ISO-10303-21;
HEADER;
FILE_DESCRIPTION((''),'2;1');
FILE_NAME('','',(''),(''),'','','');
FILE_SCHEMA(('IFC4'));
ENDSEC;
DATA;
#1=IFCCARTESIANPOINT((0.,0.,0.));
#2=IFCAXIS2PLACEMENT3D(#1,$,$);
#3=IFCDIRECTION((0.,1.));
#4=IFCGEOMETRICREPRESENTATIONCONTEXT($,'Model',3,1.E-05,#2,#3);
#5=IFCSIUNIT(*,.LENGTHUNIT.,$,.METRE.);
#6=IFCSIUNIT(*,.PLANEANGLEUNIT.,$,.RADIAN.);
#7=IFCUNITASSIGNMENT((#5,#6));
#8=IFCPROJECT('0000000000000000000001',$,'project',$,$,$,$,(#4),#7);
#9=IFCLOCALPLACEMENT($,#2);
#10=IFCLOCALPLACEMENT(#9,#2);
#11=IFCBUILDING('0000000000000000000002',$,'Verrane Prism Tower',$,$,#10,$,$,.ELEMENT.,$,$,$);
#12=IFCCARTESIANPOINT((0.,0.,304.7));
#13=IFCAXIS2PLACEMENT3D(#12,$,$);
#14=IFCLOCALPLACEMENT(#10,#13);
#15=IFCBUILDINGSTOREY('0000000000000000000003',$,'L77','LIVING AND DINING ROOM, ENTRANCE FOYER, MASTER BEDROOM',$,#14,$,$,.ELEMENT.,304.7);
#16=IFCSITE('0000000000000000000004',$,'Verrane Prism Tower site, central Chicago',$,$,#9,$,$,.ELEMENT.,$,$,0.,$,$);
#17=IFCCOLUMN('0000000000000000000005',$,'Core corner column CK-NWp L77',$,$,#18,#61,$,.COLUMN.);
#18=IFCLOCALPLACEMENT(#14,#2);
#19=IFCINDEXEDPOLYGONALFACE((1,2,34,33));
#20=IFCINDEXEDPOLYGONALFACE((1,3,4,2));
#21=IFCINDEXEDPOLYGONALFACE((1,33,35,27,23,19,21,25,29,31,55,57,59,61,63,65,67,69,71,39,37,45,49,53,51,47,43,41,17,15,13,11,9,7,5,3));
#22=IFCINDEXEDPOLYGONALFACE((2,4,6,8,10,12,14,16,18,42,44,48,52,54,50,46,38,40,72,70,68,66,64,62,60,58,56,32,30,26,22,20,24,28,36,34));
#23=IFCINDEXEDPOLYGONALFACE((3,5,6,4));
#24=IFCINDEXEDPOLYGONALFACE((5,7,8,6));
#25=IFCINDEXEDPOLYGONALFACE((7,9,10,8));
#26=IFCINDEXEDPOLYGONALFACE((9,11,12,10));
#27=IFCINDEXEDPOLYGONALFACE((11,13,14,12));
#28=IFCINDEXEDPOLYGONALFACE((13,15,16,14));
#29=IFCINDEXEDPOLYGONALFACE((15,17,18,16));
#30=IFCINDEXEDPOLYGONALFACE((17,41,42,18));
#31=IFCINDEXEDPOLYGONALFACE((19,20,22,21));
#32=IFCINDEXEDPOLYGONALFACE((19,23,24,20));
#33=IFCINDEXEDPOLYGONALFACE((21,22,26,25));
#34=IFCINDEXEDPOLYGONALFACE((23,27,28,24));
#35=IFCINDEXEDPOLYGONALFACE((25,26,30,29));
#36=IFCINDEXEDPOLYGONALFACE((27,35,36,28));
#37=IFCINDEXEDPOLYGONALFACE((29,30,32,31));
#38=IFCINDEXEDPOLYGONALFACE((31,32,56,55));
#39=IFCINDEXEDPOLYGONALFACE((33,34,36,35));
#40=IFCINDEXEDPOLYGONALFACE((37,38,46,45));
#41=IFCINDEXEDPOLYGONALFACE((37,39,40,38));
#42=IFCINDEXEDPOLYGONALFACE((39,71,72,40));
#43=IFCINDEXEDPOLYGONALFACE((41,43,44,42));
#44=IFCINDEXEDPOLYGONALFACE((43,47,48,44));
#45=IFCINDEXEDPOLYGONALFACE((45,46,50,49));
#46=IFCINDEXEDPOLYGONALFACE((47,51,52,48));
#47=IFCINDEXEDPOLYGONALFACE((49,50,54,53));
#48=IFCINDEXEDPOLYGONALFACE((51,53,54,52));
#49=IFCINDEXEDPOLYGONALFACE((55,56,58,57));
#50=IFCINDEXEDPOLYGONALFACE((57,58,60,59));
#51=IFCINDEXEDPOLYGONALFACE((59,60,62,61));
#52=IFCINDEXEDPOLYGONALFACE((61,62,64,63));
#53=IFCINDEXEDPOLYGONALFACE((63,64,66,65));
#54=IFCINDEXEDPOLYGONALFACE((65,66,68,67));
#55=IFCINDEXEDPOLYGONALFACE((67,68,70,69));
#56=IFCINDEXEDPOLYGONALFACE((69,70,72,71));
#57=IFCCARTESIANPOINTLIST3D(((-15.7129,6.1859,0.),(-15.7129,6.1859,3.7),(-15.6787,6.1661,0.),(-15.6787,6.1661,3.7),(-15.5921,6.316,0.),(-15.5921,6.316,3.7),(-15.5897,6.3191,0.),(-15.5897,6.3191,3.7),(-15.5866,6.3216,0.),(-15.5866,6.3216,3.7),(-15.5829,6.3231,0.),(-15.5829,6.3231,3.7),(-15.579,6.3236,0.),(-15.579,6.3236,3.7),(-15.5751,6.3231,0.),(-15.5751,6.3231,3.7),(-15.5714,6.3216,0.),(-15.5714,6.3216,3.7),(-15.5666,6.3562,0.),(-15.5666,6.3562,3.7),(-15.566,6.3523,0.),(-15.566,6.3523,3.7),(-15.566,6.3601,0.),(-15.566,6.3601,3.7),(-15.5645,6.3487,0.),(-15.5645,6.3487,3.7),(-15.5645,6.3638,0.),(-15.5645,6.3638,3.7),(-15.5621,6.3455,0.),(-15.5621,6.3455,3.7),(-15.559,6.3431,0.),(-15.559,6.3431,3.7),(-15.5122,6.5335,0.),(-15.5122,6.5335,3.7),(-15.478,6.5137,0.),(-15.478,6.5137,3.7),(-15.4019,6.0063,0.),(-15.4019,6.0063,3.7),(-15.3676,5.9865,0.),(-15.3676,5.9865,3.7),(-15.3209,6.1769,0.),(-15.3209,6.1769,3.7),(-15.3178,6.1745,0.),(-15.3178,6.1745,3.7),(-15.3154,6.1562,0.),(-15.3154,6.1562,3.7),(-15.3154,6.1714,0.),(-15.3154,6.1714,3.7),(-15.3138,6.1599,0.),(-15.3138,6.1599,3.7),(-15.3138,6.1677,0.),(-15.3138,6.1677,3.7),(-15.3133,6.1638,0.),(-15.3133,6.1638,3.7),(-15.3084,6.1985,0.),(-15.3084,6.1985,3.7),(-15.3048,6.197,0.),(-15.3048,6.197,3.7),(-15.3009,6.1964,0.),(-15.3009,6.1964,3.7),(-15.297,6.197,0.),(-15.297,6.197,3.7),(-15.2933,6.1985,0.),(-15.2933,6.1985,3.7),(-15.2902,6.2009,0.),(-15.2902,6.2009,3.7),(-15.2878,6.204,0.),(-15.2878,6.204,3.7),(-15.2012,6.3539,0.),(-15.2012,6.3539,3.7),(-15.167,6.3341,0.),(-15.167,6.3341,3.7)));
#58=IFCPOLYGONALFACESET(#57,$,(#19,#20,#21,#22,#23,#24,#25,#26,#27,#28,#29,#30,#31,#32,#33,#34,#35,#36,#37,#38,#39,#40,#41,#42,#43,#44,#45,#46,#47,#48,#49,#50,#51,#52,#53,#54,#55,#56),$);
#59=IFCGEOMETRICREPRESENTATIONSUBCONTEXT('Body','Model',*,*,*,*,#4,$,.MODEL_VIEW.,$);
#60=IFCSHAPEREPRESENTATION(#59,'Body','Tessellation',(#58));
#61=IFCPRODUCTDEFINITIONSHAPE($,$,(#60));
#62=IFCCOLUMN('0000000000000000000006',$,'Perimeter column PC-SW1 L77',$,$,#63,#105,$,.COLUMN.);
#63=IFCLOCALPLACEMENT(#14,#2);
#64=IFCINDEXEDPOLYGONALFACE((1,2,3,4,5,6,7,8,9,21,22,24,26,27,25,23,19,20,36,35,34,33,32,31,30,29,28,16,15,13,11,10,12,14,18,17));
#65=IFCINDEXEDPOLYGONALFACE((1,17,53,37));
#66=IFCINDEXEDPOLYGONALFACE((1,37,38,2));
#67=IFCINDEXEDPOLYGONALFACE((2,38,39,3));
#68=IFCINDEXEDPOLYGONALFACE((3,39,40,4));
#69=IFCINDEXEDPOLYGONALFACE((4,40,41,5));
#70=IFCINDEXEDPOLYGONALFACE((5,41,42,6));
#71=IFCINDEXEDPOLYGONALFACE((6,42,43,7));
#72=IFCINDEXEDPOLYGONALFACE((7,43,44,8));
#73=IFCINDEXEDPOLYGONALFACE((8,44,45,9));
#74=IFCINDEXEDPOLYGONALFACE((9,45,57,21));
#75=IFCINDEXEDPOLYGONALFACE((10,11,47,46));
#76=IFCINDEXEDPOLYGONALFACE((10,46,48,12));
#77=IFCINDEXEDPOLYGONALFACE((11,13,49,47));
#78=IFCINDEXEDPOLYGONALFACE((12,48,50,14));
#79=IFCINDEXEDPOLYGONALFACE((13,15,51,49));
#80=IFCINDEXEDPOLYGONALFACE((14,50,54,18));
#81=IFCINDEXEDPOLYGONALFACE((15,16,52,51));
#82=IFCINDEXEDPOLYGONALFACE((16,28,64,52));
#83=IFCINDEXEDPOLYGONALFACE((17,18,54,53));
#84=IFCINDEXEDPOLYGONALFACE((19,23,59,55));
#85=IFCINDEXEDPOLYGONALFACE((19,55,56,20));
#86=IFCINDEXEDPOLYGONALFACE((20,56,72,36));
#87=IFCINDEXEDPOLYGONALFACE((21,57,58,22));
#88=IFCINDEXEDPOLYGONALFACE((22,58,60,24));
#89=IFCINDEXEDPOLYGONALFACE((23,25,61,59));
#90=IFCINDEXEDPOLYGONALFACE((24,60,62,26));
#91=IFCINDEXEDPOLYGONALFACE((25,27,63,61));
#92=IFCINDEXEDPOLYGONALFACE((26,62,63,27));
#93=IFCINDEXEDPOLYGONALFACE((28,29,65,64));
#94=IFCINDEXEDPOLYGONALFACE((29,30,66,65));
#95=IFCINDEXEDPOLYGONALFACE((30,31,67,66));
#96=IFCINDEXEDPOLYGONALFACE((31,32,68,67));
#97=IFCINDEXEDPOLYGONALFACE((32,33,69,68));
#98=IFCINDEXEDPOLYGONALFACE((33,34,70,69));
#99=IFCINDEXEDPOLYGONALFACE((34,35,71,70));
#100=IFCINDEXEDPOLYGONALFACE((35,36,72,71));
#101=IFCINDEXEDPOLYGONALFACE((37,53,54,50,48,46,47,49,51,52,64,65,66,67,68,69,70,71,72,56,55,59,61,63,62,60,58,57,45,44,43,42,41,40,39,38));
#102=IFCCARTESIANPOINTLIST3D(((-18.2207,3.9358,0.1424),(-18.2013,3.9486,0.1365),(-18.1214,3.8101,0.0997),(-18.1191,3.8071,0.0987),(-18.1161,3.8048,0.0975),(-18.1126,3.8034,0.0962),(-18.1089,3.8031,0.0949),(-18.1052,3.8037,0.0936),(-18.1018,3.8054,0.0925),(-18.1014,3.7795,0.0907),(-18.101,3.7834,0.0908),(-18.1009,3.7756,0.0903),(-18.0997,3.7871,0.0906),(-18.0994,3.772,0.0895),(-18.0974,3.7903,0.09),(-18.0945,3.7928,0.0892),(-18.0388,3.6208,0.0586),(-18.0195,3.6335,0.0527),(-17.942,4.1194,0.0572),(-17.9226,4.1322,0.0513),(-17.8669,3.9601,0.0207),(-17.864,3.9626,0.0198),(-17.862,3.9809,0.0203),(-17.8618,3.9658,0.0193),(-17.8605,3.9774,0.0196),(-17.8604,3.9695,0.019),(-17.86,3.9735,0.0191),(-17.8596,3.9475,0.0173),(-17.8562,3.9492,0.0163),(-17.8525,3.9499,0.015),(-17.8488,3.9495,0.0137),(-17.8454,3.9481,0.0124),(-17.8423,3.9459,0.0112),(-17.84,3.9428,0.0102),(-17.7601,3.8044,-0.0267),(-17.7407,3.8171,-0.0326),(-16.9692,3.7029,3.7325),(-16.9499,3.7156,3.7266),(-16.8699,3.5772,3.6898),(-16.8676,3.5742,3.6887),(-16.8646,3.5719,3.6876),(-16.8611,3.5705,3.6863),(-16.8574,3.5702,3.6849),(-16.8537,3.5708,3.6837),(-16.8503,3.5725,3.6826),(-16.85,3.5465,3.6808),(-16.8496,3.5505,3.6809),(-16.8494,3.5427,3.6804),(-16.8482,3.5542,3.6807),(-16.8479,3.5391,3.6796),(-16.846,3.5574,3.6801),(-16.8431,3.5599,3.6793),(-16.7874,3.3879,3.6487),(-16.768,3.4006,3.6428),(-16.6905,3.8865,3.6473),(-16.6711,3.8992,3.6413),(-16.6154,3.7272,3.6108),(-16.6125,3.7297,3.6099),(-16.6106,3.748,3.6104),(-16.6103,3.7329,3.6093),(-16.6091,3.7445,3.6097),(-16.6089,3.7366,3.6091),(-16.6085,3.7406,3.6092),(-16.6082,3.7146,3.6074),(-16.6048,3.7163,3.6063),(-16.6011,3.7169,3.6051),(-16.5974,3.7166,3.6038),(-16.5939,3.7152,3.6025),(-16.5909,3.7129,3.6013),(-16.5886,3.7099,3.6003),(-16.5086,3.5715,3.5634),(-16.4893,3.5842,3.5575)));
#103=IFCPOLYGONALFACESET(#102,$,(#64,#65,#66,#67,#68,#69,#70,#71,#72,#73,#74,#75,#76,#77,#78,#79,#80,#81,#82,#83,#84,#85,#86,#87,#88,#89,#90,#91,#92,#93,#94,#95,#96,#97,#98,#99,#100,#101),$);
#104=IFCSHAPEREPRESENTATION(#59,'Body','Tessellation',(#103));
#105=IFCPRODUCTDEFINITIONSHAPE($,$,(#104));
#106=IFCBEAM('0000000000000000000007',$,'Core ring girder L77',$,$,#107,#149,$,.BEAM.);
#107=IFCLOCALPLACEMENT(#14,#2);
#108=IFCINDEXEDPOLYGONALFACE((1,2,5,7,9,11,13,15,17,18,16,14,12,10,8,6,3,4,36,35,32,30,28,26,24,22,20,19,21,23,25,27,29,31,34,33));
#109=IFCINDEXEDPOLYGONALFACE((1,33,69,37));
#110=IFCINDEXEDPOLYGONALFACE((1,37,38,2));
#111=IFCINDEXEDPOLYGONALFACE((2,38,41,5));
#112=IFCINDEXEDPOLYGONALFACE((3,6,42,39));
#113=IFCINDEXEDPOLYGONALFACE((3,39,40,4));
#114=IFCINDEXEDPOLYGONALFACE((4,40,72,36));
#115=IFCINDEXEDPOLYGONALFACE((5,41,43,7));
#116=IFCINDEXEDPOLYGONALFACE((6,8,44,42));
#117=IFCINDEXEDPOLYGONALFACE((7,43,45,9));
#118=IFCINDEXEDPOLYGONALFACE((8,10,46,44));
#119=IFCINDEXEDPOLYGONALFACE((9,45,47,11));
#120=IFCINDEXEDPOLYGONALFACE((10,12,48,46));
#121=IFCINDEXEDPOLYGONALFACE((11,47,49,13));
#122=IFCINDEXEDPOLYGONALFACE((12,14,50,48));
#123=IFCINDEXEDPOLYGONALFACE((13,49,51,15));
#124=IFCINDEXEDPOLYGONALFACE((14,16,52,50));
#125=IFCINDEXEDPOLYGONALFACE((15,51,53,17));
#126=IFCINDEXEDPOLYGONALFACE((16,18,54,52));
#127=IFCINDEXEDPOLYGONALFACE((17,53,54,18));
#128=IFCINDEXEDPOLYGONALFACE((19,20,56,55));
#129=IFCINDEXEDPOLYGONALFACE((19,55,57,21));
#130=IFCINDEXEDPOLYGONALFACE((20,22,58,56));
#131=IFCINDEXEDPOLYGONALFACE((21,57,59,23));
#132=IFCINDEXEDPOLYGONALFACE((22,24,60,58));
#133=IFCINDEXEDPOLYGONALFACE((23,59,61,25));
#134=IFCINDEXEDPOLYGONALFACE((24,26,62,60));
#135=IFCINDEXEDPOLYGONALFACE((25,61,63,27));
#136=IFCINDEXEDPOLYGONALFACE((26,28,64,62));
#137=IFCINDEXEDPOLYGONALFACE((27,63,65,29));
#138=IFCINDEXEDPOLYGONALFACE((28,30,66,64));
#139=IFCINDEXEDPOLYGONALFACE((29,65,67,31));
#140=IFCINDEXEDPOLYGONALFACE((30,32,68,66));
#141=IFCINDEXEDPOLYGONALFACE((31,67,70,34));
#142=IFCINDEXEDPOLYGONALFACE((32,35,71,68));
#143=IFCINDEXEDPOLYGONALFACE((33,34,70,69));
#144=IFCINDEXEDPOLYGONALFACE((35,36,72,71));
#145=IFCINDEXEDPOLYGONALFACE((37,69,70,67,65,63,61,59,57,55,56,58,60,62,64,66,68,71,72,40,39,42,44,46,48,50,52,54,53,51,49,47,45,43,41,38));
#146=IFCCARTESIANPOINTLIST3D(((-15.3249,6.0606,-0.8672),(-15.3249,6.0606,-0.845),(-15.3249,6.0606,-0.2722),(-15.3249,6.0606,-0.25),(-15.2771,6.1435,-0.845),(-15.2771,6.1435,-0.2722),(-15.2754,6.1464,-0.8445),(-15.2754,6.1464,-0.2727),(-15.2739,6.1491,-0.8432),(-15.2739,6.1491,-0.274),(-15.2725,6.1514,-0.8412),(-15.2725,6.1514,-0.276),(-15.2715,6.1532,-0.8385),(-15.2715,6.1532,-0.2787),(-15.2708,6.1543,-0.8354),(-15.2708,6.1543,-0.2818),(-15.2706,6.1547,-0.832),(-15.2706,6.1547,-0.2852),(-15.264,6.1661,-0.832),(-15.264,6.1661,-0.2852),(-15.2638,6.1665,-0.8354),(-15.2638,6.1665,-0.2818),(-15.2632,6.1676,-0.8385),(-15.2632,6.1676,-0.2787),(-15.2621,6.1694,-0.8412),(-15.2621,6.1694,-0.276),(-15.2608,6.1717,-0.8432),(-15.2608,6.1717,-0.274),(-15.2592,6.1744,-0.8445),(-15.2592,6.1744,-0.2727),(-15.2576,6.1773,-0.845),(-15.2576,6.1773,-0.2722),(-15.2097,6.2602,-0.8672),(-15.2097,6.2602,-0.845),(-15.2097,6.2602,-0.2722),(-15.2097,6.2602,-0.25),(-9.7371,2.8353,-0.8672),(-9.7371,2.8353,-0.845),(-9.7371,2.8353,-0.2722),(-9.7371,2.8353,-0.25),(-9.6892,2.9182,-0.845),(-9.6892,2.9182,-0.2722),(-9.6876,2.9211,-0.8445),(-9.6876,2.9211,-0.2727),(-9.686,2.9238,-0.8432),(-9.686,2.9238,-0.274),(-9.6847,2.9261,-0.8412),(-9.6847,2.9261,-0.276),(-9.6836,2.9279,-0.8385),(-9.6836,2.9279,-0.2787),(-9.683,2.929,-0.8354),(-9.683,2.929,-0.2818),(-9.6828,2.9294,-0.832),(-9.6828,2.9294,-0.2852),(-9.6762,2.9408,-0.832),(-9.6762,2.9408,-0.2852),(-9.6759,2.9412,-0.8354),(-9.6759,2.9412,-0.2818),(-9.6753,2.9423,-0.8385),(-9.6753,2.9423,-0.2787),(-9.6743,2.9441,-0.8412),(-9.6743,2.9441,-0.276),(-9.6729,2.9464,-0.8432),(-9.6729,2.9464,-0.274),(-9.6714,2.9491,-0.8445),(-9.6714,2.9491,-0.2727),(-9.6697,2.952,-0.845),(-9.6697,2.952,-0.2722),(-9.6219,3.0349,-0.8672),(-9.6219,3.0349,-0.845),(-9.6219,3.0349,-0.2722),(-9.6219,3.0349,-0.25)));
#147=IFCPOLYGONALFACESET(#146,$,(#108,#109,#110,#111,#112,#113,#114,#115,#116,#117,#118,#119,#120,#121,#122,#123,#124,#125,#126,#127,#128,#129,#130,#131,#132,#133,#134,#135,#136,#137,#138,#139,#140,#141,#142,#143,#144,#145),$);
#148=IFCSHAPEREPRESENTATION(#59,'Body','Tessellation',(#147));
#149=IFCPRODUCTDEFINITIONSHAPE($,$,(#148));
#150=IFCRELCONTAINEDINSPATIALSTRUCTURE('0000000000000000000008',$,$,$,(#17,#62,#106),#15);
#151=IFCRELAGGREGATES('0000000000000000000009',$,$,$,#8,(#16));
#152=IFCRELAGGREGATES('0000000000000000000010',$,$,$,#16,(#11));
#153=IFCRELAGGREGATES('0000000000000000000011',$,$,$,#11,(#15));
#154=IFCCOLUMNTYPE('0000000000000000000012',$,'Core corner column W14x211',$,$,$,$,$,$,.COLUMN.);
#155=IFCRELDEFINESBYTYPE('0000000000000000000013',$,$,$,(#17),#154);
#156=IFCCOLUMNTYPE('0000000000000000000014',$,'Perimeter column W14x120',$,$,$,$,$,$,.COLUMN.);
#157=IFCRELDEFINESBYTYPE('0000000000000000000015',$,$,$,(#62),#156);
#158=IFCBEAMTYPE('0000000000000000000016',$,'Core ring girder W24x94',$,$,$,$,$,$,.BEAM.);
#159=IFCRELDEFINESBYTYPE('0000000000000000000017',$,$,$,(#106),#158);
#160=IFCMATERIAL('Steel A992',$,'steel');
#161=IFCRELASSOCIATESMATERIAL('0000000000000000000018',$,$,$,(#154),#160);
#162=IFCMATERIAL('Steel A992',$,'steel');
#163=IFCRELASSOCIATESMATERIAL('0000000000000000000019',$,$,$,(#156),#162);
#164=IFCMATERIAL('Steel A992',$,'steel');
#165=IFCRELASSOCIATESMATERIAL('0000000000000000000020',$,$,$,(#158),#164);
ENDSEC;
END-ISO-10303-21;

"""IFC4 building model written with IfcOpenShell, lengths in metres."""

from ifc_helpers import new_model, si_unit, direction, frame, origin, origin_2d, place, context, subcontext, project, spatial, i_section, extrude, material, material_profile, profile_set, type_object, element, save


model = new_model("IFC4")

# Units and contexts
model_context = context("Model", 3, precision=1e-05, world=origin(), true_north=direction((0.0, 1.0)))
body_context = subcontext(model_context, "Body", "Model", "MODEL_VIEW")
ifc_project = project(units=[si_unit("LENGTHUNIT", "METRE"), si_unit("PLANEANGLEUNIT", "RADIAN")], contexts=[model_context])

# Site, building, storey
site_placement = place(None, origin())
site = spatial("IfcSite", under=ifc_project, at=site_placement, Name="Verrane Prism Tower site, central Chicago", CompositionType="ELEMENT", RefElevation=0.0)
building_placement = place(site_placement, origin())
building = spatial("IfcBuilding", under=site, at=building_placement, Name="Verrane Prism Tower", CompositionType="ELEMENT")
storey_placement = place(building_placement, frame((0.0, 0.0, 304.7)))
storey = spatial("IfcBuildingStorey", under=building, at=storey_placement, Name="L77", Description="LIVING AND DINING ROOM, ENTRANCE FOYER, MASTER BEDROOM", CompositionType="ELEMENT", Elevation=304.7)

# Columns
ifc_material_1 = material(Name="Steel A992", Category="steel")
ifc_material_profile_1 = material_profile(ifc_material_1, i_section(OverallWidth=0.4014, OverallDepth=0.3987, WebThickness=0.0249, FlangeThickness=0.0396, FilletRadius=0.0151, at=origin_2d()), Name="W14x211")
ifc_profile_set_1 = profile_set([ifc_material_profile_1], Name="Steel A992")
column_type_1 = type_object("IfcColumnType", Name="Core corner column W14x211", PredefinedType="COLUMN", material=ifc_profile_set_1)
column_1_placement = place(storey_placement, frame((-15.4399, 6.26, 0.0), z_axis=(0.0, 0.0, 1.0), x_axis=(0.5, 0.866025, 0.0)))
element("IfcColumn", 1, at=column_1_placement, inside=storey, type_object=column_type_1, Name="Core corner column CK-NWp L77", PredefinedType="COLUMN", context=body_context, shape_type="SweptSolid", body=[
    extrude(i_section(OverallWidth=0.4014, OverallDepth=0.3987, WebThickness=0.0249, FlangeThickness=0.0396, FilletRadius=0.0151, at=origin_2d()), origin(), (0.0, 0.0, 1.0), 3.7),
])
ifc_material_2 = material(Name="Steel A992", Category="steel")
ifc_material_profile_2 = material_profile(ifc_material_2, i_section(OverallWidth=0.3733, OverallDepth=0.3684, WebThickness=0.0149, FlangeThickness=0.0239, FilletRadius=0.0151, at=origin_2d()), Name="W14x120")
ifc_profile_set_2 = profile_set([ifc_material_profile_2], Name="Steel A992")
column_type_2 = type_object("IfcColumnType", Name="Perimeter column W14x120", PredefinedType="COLUMN", material=ifc_profile_set_2)
column_2_placement = place(storey_placement, frame((-17.9807, 3.8765, 0.0549), z_axis=(0.328547, -0.061146, 0.942506), x_axis=(-0.487183, 0.84393, 0.224577)))
element("IfcColumn", 2, at=column_2_placement, inside=storey, type_object=column_type_2, Name="Perimeter column PC-SW1 L77", PredefinedType="COLUMN", context=body_context, shape_type="SweptSolid", body=[
    extrude(i_section(OverallWidth=0.3733, OverallDepth=0.3684, WebThickness=0.0149, FlangeThickness=0.0239, FilletRadius=0.0151, at=origin_2d()), origin(), (0.0, 0.0, 1.0), 3.8091),
])

# Beam
ifc_material_3 = material(Name="Steel A992", Category="steel")
ifc_material_profile_3 = material_profile(ifc_material_3, i_section(OverallWidth=0.2305, OverallDepth=0.6172, WebThickness=0.0132, FlangeThickness=0.0222, FilletRadius=0.0129, at=origin_2d()), Name="W24x94")
ifc_profile_set_3 = profile_set([ifc_material_profile_3], Name="Steel A992")
beam_type_1 = type_object("IfcBeamType", Name="Core ring girder W24x94", PredefinedType="BEAM", material=ifc_profile_set_3)
beam_1_placement = place(storey_placement, frame((-15.2673, 6.1604, -0.5586), z_axis=(0.866081, -0.499904, 0.0), x_axis=(0.499904, 0.866081, 0.0)))
element("IfcBeam", 3, at=beam_1_placement, inside=storey, type_object=beam_type_1, Name="Core ring girder L77", PredefinedType="BEAM", context=body_context, shape_type="SweptSolid", body=[
    extrude(i_section(OverallWidth=0.2305, OverallDepth=0.6172, WebThickness=0.0132, FlangeThickness=0.0222, FilletRadius=0.0129, at=origin_2d()), origin(), (0.0, 0.0, 1.0), 6.4519),
])

save(model, "model.ifc")
